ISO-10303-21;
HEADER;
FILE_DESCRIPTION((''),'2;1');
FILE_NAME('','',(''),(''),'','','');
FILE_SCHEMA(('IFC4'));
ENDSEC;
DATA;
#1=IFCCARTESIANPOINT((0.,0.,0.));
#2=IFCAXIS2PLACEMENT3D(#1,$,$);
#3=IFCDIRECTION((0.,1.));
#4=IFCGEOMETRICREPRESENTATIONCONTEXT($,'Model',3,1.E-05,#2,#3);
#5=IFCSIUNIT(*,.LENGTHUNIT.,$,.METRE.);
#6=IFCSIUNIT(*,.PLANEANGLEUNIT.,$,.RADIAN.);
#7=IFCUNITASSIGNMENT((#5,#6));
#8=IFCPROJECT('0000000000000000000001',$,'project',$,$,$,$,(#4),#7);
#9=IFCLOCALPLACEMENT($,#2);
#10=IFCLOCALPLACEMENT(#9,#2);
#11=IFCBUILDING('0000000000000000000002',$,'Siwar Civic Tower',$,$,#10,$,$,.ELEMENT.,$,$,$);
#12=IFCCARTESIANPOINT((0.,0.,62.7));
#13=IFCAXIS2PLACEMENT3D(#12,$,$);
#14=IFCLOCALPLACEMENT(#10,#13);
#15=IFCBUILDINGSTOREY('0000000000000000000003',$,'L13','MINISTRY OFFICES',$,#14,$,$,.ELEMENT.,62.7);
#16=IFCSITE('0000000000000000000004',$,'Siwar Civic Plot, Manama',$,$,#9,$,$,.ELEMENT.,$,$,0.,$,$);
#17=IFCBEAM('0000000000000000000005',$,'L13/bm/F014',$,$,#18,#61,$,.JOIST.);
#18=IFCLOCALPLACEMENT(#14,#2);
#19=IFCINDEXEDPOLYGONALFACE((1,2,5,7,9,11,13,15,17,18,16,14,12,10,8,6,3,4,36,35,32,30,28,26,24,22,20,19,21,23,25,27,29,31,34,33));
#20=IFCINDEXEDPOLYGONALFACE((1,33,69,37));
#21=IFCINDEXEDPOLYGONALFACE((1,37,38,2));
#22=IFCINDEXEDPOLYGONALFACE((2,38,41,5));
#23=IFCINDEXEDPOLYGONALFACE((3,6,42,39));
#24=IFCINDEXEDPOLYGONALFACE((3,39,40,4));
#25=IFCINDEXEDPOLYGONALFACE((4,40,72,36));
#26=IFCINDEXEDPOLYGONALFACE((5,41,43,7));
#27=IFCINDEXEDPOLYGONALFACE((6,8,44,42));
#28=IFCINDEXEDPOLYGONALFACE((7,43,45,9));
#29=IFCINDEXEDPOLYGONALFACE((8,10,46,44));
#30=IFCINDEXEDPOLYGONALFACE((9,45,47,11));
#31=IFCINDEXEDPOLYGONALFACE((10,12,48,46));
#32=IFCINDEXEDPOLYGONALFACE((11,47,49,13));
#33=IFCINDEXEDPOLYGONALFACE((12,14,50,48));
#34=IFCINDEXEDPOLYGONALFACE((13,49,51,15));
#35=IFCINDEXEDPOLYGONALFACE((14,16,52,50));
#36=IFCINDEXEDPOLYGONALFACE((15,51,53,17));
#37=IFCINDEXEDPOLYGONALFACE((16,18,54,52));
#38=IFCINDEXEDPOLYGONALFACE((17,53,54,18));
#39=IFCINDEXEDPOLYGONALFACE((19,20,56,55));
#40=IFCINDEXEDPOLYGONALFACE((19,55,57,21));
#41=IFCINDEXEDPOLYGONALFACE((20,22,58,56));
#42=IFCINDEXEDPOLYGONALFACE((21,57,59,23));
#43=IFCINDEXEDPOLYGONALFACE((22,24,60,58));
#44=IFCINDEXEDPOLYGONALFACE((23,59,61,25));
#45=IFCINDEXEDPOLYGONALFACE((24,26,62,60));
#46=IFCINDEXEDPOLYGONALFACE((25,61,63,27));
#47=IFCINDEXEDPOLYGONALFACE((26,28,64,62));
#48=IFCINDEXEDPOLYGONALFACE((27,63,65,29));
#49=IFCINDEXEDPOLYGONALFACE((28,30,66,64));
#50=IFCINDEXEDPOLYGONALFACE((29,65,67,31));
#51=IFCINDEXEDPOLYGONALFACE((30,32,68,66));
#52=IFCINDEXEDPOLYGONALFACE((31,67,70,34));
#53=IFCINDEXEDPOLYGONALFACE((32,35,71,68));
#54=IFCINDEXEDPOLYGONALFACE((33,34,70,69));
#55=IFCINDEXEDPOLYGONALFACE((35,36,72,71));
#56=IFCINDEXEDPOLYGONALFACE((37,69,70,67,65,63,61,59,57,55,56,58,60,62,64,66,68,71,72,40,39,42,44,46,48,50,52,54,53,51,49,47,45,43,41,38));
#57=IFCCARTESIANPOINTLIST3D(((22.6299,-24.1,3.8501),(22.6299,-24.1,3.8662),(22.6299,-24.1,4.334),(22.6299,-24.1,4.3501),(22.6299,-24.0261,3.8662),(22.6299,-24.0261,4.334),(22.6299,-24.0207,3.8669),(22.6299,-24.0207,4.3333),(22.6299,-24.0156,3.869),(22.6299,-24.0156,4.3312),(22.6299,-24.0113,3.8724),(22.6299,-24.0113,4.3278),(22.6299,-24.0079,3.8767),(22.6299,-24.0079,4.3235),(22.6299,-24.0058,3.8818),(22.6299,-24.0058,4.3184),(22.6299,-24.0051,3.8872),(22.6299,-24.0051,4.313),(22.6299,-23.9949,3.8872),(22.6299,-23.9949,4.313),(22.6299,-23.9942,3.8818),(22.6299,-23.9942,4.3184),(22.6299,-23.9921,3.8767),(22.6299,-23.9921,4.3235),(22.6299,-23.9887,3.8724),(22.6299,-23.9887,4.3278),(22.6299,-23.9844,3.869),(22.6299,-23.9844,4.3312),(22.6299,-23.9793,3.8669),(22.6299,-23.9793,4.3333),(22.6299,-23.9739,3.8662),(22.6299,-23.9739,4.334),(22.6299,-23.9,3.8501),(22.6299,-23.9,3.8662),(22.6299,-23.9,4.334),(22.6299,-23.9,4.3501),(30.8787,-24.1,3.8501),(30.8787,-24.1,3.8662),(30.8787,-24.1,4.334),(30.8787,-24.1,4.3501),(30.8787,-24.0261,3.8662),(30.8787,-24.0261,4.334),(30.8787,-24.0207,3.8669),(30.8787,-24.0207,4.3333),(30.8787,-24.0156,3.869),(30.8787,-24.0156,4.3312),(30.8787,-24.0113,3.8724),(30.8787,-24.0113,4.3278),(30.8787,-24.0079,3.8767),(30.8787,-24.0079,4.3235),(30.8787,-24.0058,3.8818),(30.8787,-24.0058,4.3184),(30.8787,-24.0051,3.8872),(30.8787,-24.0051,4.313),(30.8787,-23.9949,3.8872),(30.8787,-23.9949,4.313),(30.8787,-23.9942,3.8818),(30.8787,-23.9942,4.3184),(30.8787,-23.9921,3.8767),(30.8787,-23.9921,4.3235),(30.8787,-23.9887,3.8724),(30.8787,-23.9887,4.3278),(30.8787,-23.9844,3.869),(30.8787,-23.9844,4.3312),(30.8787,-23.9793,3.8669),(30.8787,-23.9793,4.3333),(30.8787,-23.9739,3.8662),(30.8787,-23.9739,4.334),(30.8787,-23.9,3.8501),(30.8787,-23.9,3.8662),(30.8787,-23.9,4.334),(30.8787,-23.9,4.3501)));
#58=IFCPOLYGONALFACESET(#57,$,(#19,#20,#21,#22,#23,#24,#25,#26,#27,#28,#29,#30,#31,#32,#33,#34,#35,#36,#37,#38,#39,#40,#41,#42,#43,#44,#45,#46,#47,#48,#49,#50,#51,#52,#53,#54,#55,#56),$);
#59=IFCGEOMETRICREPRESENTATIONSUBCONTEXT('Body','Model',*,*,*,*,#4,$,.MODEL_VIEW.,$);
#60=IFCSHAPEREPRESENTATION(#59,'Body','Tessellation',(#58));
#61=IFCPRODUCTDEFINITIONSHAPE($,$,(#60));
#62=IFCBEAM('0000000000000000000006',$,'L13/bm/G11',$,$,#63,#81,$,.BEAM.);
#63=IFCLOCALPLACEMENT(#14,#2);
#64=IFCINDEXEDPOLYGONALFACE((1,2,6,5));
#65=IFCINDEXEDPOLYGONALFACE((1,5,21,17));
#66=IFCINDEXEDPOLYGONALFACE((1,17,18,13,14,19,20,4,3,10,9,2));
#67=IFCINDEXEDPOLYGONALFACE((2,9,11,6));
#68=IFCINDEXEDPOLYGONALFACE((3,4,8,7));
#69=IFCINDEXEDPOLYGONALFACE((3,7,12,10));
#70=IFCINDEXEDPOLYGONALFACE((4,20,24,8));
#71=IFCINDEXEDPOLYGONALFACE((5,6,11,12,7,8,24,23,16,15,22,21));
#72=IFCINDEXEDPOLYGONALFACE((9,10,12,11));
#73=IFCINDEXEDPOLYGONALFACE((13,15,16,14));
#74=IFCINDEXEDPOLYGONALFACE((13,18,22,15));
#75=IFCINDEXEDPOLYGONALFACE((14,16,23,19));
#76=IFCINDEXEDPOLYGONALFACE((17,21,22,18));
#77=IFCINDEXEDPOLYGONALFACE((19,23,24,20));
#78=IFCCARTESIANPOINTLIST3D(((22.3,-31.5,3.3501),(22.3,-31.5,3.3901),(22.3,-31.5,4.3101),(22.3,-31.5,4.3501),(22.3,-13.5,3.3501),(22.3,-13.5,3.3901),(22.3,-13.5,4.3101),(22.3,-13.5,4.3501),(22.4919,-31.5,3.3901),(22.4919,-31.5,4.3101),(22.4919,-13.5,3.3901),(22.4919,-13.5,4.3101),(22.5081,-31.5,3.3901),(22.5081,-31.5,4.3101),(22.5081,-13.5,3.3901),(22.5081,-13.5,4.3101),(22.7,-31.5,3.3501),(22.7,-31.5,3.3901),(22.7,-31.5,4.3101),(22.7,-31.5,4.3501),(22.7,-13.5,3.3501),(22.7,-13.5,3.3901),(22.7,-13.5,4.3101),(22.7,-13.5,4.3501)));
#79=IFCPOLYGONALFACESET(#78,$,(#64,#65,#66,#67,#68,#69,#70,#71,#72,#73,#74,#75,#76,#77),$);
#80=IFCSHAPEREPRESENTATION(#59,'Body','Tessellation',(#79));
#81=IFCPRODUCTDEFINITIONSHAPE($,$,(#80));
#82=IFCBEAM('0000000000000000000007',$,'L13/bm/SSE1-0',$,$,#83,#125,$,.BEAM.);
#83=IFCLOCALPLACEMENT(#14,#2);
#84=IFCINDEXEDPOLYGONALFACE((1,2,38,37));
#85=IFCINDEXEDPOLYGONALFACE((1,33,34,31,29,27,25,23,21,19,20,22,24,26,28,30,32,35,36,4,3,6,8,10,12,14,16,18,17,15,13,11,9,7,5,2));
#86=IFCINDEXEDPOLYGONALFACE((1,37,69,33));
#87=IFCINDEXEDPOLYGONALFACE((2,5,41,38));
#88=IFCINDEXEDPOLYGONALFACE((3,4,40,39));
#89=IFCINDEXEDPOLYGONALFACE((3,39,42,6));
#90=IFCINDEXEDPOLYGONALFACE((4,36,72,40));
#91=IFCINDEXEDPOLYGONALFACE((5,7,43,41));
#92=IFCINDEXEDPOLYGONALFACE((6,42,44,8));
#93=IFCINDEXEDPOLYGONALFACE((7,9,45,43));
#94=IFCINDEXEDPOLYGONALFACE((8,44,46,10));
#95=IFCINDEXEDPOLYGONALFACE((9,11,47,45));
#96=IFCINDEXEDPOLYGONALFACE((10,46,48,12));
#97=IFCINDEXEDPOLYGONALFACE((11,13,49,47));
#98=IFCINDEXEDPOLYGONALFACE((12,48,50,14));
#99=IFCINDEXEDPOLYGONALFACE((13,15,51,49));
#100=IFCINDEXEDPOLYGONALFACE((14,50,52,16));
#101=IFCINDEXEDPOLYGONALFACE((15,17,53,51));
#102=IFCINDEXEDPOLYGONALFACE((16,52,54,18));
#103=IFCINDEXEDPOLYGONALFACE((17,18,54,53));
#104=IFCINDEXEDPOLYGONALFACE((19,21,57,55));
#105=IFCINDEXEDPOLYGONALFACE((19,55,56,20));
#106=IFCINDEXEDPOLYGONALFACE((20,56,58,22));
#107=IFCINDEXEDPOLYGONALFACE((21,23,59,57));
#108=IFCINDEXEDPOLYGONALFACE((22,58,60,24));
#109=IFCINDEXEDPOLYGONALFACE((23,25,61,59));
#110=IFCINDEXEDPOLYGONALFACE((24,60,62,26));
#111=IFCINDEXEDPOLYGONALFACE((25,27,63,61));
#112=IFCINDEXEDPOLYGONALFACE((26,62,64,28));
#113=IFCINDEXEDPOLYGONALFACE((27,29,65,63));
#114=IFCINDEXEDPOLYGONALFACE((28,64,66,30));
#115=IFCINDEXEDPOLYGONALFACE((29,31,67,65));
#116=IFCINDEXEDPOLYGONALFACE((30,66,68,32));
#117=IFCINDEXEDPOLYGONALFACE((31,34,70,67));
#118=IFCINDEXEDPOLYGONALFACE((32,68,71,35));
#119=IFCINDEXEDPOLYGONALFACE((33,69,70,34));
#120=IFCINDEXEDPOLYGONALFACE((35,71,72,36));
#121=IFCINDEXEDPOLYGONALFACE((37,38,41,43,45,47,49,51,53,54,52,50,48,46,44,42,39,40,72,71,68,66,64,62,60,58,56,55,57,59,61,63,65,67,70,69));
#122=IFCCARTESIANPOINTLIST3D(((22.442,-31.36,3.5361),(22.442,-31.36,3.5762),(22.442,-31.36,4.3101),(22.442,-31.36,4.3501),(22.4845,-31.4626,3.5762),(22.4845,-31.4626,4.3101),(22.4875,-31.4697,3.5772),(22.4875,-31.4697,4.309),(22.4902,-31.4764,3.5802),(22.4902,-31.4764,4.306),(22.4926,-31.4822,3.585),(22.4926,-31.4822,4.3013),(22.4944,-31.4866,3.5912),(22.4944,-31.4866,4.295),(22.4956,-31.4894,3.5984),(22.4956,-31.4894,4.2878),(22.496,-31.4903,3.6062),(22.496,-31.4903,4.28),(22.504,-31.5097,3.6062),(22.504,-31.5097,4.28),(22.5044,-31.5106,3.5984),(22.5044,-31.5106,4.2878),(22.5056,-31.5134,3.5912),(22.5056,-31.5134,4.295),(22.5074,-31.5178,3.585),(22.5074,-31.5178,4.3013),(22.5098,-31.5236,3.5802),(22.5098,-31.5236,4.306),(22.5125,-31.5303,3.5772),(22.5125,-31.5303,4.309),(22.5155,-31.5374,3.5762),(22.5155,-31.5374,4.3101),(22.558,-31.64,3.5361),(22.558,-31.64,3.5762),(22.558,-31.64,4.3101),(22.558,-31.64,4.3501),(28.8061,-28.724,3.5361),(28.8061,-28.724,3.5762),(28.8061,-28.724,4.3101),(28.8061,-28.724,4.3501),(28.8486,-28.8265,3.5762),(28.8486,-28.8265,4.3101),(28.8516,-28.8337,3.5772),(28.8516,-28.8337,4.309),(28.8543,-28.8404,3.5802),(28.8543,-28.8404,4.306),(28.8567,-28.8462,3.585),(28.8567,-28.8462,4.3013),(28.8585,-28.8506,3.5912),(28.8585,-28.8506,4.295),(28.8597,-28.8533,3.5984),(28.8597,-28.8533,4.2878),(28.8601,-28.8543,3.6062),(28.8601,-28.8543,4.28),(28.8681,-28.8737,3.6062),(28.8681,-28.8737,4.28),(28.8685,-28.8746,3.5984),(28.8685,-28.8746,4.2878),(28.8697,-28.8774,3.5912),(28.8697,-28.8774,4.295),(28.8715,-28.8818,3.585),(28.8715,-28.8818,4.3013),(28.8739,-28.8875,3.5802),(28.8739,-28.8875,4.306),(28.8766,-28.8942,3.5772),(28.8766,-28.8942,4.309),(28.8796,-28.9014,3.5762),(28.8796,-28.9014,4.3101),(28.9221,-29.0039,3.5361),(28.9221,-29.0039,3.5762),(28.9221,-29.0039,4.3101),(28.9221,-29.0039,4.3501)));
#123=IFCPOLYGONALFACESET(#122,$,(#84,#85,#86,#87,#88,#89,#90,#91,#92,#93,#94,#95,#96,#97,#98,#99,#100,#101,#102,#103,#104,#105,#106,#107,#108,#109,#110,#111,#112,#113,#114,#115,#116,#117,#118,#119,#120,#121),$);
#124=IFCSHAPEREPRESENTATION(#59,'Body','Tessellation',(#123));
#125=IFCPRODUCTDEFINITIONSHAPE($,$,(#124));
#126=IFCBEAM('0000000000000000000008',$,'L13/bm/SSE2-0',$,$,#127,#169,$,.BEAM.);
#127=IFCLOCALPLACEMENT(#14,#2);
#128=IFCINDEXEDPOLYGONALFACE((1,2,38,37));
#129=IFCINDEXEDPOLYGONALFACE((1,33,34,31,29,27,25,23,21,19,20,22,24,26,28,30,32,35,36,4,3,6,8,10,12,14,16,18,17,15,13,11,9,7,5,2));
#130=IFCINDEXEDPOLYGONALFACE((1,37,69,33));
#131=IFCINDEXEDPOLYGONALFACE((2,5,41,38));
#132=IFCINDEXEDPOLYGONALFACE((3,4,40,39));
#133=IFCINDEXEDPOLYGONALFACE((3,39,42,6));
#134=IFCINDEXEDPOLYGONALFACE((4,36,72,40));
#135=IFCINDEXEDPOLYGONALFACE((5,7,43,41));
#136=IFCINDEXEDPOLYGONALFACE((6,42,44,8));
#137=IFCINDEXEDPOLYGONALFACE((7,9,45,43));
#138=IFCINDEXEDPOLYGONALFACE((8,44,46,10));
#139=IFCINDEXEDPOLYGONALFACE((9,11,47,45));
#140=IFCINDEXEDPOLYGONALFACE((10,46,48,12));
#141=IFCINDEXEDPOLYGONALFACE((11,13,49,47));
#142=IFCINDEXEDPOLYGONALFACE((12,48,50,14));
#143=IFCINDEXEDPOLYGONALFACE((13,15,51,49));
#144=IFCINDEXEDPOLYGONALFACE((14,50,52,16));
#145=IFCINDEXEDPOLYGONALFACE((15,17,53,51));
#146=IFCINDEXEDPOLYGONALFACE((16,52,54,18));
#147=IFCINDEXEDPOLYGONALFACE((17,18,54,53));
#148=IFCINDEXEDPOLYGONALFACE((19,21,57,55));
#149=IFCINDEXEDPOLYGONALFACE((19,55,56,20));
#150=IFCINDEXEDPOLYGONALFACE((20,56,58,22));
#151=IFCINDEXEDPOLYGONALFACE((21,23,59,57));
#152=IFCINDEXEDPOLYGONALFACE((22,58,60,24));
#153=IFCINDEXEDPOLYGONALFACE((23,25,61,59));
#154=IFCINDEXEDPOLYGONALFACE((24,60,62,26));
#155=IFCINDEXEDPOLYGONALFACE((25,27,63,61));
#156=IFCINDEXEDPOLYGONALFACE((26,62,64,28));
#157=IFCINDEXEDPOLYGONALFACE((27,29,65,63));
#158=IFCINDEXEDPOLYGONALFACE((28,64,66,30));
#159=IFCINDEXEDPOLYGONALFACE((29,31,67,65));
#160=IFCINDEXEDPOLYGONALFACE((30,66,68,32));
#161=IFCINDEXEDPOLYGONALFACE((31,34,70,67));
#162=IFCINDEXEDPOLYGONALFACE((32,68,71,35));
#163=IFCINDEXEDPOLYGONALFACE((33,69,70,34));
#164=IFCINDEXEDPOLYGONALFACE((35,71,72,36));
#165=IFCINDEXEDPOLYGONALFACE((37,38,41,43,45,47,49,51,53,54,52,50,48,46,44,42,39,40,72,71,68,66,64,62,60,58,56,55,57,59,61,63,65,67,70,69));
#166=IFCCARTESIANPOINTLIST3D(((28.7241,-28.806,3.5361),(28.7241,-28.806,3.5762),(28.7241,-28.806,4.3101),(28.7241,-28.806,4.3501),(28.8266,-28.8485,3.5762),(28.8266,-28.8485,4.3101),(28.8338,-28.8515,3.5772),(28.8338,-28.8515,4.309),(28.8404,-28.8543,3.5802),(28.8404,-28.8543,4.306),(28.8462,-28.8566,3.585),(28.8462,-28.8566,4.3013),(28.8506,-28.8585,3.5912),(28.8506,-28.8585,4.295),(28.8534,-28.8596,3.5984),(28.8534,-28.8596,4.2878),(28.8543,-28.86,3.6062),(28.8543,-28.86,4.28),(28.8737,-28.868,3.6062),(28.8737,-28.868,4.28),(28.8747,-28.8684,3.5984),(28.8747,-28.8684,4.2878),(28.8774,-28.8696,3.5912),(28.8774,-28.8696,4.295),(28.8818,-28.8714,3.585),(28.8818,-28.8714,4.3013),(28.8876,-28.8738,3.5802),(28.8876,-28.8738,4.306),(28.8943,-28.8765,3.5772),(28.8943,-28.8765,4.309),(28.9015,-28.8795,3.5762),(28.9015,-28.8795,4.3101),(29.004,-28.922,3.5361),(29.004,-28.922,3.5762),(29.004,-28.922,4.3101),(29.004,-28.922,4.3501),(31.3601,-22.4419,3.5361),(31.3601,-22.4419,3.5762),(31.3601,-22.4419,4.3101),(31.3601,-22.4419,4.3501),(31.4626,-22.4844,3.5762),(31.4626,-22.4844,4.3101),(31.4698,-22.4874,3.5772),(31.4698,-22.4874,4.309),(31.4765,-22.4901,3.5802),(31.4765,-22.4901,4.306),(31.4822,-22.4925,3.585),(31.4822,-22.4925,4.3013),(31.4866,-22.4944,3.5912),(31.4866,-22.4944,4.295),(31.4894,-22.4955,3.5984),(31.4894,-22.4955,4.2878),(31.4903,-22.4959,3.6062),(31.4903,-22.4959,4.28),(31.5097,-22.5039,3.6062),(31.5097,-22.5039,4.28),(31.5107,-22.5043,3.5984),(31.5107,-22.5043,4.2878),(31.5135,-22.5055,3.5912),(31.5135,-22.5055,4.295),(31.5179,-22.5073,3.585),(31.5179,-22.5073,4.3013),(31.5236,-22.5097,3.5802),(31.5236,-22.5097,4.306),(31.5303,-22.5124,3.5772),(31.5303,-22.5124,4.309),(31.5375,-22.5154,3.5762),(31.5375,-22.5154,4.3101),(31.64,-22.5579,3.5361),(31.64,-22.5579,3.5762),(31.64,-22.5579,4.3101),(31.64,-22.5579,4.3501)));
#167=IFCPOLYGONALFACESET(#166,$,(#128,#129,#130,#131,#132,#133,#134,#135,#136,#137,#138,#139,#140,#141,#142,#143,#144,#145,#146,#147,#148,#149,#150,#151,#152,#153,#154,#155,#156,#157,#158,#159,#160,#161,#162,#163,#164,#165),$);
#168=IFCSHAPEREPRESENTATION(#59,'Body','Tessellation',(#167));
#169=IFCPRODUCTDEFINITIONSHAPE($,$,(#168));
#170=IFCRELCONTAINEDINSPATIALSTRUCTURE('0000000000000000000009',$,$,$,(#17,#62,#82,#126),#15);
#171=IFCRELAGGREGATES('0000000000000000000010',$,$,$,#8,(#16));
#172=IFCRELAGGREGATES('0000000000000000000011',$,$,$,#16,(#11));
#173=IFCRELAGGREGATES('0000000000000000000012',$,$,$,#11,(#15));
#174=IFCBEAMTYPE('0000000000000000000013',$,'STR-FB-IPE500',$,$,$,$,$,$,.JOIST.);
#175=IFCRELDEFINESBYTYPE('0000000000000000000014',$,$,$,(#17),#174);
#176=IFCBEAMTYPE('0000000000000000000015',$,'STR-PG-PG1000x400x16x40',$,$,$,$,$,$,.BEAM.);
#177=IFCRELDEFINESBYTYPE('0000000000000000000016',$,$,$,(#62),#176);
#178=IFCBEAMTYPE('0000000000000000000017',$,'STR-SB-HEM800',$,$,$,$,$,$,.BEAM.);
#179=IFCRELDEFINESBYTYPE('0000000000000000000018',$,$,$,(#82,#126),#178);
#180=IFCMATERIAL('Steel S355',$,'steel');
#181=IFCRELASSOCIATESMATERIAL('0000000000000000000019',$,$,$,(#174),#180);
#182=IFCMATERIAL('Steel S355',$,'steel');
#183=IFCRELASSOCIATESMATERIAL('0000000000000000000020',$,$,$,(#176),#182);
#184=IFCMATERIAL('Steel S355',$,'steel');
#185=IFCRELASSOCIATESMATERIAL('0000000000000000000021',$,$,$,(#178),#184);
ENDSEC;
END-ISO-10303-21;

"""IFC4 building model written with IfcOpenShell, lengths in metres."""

from ifc_helpers import new_model, si_unit, direction, frame, origin, origin_2d, place, context, subcontext, project, spatial, i_section, extrude, material, material_profile, profile_set, type_object, element, save


model = new_model("IFC4")

# Units and contexts
model_context = context("Model", 3, precision=1e-05, world=origin(), true_north=direction((0.0, 1.0)))
body_context = subcontext(model_context, "Body", "Model", "MODEL_VIEW")
ifc_project = project(units=[si_unit("LENGTHUNIT", "METRE"), si_unit("PLANEANGLEUNIT", "RADIAN")], contexts=[model_context])

# Site, building, storey
site_placement = place(None, origin())
site = spatial("IfcSite", under=ifc_project, at=site_placement, Name="Siwar Civic Plot, Manama", CompositionType="ELEMENT", RefElevation=0.0)
building_placement = place(site_placement, origin())
building = spatial("IfcBuilding", under=site, at=building_placement, Name="Siwar Civic Tower", CompositionType="ELEMENT")
storey_placement = place(building_placement, frame((0.0, 0.0, 62.7)))
storey = spatial("IfcBuildingStorey", under=building, at=storey_placement, Name="L13", Description="MINISTRY OFFICES", CompositionType="ELEMENT", Elevation=62.7)

# Beams
ifc_material_1 = material(Name="Steel S355", Category="steel")
ifc_material_profile_1 = material_profile(ifc_material_1, i_section(OverallWidth=0.2, OverallDepth=0.5, WebThickness=0.0103, FlangeThickness=0.0161, FilletRadius=0.021, at=origin_2d()), Name="IPE500")
ifc_profile_set_1 = profile_set([ifc_material_profile_1], Name="Steel S355")
beam_type_1 = type_object("IfcBeamType", Name="STR-FB-IPE500", PredefinedType="JOIST", material=ifc_profile_set_1)
beam_1_placement = place(storey_placement, frame((22.6299, -24.0, 4.1001), z_axis=(1.0, 0.0, 0.0), x_axis=(0.0, 1.0, 0.0)))
element("IfcBeam", 1, at=beam_1_placement, inside=storey, type_object=beam_type_1, Name="L13/bm/F014", PredefinedType="JOIST", context=body_context, shape_type="SweptSolid", body=[
    extrude(i_section(OverallWidth=0.2, OverallDepth=0.5, WebThickness=0.0103, FlangeThickness=0.0161, FilletRadius=0.021, at=origin_2d()), origin(), (0.0, 0.0, 1.0), 8.2488),
])
ifc_material_2 = material(Name="Steel S355", Category="steel")
ifc_material_profile_2 = material_profile(ifc_material_2, i_section(OverallWidth=0.3999, OverallDepth=1.0, WebThickness=0.0161, FlangeThickness=0.04, at=origin_2d()), Name="PG1000x400x16x40")
ifc_profile_set_2 = profile_set([ifc_material_profile_2], Name="Steel S355")
beam_type_2 = type_object("IfcBeamType", Name="STR-PG-PG1000x400x16x40", PredefinedType="BEAM", material=ifc_profile_set_2)
beam_2_placement = place(storey_placement, frame((22.5, -31.5, 3.8501), z_axis=(0.0, 1.0, 0.0), x_axis=(-1.0, 0.0, 0.0)))
element("IfcBeam", 2, at=beam_2_placement, inside=storey, type_object=beam_type_2, Name="L13/bm/G11", PredefinedType="BEAM", context=body_context, shape_type="SweptSolid", body=[
    extrude(i_section(OverallWidth=0.3999, OverallDepth=1.0, WebThickness=0.0161, FlangeThickness=0.04, at=origin_2d()), origin(), (0.0, 0.0, 1.0), 18.0),
])
ifc_material_3 = material(Name="Steel S355", Category="steel")
ifc_material_profile_3 = material_profile(ifc_material_3, i_section(OverallWidth=0.303, OverallDepth=0.814, WebThickness=0.021, FlangeThickness=0.04, FilletRadius=0.03, at=origin_2d()), Name="HEM800")
ifc_profile_set_3 = profile_set([ifc_material_profile_3], Name="Steel S355")
beam_type_3 = type_object("IfcBeamType", Name="STR-SB-HEM800", PredefinedType="BEAM", material=ifc_profile_set_3)
for number, where, z_axis, x_axis, name in (
    (3, (22.5, -31.5, 3.9431), (0.923883, 0.382674, 0.0), (-0.382674, 0.923883, 0.0), "L13/bm/SSE1-0"),
    (4, (28.864, -28.864, 3.9431), (0.382674, 0.923883, 0.0), (-0.923883, 0.382674, 0.0), "L13/bm/SSE2-0"),
):
    element("IfcBeam", number, at=place(storey_placement, frame(where, z_axis=z_axis, x_axis=x_axis)), inside=storey, type_object=beam_type_3, Name=name, PredefinedType="BEAM", context=body_context, shape_type="SweptSolid", body=[
        extrude(i_section(OverallWidth=0.303, OverallDepth=0.814, WebThickness=0.021, FlangeThickness=0.04, FilletRadius=0.03, at=origin_2d()), origin(), (0.0, 0.0, 1.0), 6.8884),
    ])

save(model, "model.ifc")
